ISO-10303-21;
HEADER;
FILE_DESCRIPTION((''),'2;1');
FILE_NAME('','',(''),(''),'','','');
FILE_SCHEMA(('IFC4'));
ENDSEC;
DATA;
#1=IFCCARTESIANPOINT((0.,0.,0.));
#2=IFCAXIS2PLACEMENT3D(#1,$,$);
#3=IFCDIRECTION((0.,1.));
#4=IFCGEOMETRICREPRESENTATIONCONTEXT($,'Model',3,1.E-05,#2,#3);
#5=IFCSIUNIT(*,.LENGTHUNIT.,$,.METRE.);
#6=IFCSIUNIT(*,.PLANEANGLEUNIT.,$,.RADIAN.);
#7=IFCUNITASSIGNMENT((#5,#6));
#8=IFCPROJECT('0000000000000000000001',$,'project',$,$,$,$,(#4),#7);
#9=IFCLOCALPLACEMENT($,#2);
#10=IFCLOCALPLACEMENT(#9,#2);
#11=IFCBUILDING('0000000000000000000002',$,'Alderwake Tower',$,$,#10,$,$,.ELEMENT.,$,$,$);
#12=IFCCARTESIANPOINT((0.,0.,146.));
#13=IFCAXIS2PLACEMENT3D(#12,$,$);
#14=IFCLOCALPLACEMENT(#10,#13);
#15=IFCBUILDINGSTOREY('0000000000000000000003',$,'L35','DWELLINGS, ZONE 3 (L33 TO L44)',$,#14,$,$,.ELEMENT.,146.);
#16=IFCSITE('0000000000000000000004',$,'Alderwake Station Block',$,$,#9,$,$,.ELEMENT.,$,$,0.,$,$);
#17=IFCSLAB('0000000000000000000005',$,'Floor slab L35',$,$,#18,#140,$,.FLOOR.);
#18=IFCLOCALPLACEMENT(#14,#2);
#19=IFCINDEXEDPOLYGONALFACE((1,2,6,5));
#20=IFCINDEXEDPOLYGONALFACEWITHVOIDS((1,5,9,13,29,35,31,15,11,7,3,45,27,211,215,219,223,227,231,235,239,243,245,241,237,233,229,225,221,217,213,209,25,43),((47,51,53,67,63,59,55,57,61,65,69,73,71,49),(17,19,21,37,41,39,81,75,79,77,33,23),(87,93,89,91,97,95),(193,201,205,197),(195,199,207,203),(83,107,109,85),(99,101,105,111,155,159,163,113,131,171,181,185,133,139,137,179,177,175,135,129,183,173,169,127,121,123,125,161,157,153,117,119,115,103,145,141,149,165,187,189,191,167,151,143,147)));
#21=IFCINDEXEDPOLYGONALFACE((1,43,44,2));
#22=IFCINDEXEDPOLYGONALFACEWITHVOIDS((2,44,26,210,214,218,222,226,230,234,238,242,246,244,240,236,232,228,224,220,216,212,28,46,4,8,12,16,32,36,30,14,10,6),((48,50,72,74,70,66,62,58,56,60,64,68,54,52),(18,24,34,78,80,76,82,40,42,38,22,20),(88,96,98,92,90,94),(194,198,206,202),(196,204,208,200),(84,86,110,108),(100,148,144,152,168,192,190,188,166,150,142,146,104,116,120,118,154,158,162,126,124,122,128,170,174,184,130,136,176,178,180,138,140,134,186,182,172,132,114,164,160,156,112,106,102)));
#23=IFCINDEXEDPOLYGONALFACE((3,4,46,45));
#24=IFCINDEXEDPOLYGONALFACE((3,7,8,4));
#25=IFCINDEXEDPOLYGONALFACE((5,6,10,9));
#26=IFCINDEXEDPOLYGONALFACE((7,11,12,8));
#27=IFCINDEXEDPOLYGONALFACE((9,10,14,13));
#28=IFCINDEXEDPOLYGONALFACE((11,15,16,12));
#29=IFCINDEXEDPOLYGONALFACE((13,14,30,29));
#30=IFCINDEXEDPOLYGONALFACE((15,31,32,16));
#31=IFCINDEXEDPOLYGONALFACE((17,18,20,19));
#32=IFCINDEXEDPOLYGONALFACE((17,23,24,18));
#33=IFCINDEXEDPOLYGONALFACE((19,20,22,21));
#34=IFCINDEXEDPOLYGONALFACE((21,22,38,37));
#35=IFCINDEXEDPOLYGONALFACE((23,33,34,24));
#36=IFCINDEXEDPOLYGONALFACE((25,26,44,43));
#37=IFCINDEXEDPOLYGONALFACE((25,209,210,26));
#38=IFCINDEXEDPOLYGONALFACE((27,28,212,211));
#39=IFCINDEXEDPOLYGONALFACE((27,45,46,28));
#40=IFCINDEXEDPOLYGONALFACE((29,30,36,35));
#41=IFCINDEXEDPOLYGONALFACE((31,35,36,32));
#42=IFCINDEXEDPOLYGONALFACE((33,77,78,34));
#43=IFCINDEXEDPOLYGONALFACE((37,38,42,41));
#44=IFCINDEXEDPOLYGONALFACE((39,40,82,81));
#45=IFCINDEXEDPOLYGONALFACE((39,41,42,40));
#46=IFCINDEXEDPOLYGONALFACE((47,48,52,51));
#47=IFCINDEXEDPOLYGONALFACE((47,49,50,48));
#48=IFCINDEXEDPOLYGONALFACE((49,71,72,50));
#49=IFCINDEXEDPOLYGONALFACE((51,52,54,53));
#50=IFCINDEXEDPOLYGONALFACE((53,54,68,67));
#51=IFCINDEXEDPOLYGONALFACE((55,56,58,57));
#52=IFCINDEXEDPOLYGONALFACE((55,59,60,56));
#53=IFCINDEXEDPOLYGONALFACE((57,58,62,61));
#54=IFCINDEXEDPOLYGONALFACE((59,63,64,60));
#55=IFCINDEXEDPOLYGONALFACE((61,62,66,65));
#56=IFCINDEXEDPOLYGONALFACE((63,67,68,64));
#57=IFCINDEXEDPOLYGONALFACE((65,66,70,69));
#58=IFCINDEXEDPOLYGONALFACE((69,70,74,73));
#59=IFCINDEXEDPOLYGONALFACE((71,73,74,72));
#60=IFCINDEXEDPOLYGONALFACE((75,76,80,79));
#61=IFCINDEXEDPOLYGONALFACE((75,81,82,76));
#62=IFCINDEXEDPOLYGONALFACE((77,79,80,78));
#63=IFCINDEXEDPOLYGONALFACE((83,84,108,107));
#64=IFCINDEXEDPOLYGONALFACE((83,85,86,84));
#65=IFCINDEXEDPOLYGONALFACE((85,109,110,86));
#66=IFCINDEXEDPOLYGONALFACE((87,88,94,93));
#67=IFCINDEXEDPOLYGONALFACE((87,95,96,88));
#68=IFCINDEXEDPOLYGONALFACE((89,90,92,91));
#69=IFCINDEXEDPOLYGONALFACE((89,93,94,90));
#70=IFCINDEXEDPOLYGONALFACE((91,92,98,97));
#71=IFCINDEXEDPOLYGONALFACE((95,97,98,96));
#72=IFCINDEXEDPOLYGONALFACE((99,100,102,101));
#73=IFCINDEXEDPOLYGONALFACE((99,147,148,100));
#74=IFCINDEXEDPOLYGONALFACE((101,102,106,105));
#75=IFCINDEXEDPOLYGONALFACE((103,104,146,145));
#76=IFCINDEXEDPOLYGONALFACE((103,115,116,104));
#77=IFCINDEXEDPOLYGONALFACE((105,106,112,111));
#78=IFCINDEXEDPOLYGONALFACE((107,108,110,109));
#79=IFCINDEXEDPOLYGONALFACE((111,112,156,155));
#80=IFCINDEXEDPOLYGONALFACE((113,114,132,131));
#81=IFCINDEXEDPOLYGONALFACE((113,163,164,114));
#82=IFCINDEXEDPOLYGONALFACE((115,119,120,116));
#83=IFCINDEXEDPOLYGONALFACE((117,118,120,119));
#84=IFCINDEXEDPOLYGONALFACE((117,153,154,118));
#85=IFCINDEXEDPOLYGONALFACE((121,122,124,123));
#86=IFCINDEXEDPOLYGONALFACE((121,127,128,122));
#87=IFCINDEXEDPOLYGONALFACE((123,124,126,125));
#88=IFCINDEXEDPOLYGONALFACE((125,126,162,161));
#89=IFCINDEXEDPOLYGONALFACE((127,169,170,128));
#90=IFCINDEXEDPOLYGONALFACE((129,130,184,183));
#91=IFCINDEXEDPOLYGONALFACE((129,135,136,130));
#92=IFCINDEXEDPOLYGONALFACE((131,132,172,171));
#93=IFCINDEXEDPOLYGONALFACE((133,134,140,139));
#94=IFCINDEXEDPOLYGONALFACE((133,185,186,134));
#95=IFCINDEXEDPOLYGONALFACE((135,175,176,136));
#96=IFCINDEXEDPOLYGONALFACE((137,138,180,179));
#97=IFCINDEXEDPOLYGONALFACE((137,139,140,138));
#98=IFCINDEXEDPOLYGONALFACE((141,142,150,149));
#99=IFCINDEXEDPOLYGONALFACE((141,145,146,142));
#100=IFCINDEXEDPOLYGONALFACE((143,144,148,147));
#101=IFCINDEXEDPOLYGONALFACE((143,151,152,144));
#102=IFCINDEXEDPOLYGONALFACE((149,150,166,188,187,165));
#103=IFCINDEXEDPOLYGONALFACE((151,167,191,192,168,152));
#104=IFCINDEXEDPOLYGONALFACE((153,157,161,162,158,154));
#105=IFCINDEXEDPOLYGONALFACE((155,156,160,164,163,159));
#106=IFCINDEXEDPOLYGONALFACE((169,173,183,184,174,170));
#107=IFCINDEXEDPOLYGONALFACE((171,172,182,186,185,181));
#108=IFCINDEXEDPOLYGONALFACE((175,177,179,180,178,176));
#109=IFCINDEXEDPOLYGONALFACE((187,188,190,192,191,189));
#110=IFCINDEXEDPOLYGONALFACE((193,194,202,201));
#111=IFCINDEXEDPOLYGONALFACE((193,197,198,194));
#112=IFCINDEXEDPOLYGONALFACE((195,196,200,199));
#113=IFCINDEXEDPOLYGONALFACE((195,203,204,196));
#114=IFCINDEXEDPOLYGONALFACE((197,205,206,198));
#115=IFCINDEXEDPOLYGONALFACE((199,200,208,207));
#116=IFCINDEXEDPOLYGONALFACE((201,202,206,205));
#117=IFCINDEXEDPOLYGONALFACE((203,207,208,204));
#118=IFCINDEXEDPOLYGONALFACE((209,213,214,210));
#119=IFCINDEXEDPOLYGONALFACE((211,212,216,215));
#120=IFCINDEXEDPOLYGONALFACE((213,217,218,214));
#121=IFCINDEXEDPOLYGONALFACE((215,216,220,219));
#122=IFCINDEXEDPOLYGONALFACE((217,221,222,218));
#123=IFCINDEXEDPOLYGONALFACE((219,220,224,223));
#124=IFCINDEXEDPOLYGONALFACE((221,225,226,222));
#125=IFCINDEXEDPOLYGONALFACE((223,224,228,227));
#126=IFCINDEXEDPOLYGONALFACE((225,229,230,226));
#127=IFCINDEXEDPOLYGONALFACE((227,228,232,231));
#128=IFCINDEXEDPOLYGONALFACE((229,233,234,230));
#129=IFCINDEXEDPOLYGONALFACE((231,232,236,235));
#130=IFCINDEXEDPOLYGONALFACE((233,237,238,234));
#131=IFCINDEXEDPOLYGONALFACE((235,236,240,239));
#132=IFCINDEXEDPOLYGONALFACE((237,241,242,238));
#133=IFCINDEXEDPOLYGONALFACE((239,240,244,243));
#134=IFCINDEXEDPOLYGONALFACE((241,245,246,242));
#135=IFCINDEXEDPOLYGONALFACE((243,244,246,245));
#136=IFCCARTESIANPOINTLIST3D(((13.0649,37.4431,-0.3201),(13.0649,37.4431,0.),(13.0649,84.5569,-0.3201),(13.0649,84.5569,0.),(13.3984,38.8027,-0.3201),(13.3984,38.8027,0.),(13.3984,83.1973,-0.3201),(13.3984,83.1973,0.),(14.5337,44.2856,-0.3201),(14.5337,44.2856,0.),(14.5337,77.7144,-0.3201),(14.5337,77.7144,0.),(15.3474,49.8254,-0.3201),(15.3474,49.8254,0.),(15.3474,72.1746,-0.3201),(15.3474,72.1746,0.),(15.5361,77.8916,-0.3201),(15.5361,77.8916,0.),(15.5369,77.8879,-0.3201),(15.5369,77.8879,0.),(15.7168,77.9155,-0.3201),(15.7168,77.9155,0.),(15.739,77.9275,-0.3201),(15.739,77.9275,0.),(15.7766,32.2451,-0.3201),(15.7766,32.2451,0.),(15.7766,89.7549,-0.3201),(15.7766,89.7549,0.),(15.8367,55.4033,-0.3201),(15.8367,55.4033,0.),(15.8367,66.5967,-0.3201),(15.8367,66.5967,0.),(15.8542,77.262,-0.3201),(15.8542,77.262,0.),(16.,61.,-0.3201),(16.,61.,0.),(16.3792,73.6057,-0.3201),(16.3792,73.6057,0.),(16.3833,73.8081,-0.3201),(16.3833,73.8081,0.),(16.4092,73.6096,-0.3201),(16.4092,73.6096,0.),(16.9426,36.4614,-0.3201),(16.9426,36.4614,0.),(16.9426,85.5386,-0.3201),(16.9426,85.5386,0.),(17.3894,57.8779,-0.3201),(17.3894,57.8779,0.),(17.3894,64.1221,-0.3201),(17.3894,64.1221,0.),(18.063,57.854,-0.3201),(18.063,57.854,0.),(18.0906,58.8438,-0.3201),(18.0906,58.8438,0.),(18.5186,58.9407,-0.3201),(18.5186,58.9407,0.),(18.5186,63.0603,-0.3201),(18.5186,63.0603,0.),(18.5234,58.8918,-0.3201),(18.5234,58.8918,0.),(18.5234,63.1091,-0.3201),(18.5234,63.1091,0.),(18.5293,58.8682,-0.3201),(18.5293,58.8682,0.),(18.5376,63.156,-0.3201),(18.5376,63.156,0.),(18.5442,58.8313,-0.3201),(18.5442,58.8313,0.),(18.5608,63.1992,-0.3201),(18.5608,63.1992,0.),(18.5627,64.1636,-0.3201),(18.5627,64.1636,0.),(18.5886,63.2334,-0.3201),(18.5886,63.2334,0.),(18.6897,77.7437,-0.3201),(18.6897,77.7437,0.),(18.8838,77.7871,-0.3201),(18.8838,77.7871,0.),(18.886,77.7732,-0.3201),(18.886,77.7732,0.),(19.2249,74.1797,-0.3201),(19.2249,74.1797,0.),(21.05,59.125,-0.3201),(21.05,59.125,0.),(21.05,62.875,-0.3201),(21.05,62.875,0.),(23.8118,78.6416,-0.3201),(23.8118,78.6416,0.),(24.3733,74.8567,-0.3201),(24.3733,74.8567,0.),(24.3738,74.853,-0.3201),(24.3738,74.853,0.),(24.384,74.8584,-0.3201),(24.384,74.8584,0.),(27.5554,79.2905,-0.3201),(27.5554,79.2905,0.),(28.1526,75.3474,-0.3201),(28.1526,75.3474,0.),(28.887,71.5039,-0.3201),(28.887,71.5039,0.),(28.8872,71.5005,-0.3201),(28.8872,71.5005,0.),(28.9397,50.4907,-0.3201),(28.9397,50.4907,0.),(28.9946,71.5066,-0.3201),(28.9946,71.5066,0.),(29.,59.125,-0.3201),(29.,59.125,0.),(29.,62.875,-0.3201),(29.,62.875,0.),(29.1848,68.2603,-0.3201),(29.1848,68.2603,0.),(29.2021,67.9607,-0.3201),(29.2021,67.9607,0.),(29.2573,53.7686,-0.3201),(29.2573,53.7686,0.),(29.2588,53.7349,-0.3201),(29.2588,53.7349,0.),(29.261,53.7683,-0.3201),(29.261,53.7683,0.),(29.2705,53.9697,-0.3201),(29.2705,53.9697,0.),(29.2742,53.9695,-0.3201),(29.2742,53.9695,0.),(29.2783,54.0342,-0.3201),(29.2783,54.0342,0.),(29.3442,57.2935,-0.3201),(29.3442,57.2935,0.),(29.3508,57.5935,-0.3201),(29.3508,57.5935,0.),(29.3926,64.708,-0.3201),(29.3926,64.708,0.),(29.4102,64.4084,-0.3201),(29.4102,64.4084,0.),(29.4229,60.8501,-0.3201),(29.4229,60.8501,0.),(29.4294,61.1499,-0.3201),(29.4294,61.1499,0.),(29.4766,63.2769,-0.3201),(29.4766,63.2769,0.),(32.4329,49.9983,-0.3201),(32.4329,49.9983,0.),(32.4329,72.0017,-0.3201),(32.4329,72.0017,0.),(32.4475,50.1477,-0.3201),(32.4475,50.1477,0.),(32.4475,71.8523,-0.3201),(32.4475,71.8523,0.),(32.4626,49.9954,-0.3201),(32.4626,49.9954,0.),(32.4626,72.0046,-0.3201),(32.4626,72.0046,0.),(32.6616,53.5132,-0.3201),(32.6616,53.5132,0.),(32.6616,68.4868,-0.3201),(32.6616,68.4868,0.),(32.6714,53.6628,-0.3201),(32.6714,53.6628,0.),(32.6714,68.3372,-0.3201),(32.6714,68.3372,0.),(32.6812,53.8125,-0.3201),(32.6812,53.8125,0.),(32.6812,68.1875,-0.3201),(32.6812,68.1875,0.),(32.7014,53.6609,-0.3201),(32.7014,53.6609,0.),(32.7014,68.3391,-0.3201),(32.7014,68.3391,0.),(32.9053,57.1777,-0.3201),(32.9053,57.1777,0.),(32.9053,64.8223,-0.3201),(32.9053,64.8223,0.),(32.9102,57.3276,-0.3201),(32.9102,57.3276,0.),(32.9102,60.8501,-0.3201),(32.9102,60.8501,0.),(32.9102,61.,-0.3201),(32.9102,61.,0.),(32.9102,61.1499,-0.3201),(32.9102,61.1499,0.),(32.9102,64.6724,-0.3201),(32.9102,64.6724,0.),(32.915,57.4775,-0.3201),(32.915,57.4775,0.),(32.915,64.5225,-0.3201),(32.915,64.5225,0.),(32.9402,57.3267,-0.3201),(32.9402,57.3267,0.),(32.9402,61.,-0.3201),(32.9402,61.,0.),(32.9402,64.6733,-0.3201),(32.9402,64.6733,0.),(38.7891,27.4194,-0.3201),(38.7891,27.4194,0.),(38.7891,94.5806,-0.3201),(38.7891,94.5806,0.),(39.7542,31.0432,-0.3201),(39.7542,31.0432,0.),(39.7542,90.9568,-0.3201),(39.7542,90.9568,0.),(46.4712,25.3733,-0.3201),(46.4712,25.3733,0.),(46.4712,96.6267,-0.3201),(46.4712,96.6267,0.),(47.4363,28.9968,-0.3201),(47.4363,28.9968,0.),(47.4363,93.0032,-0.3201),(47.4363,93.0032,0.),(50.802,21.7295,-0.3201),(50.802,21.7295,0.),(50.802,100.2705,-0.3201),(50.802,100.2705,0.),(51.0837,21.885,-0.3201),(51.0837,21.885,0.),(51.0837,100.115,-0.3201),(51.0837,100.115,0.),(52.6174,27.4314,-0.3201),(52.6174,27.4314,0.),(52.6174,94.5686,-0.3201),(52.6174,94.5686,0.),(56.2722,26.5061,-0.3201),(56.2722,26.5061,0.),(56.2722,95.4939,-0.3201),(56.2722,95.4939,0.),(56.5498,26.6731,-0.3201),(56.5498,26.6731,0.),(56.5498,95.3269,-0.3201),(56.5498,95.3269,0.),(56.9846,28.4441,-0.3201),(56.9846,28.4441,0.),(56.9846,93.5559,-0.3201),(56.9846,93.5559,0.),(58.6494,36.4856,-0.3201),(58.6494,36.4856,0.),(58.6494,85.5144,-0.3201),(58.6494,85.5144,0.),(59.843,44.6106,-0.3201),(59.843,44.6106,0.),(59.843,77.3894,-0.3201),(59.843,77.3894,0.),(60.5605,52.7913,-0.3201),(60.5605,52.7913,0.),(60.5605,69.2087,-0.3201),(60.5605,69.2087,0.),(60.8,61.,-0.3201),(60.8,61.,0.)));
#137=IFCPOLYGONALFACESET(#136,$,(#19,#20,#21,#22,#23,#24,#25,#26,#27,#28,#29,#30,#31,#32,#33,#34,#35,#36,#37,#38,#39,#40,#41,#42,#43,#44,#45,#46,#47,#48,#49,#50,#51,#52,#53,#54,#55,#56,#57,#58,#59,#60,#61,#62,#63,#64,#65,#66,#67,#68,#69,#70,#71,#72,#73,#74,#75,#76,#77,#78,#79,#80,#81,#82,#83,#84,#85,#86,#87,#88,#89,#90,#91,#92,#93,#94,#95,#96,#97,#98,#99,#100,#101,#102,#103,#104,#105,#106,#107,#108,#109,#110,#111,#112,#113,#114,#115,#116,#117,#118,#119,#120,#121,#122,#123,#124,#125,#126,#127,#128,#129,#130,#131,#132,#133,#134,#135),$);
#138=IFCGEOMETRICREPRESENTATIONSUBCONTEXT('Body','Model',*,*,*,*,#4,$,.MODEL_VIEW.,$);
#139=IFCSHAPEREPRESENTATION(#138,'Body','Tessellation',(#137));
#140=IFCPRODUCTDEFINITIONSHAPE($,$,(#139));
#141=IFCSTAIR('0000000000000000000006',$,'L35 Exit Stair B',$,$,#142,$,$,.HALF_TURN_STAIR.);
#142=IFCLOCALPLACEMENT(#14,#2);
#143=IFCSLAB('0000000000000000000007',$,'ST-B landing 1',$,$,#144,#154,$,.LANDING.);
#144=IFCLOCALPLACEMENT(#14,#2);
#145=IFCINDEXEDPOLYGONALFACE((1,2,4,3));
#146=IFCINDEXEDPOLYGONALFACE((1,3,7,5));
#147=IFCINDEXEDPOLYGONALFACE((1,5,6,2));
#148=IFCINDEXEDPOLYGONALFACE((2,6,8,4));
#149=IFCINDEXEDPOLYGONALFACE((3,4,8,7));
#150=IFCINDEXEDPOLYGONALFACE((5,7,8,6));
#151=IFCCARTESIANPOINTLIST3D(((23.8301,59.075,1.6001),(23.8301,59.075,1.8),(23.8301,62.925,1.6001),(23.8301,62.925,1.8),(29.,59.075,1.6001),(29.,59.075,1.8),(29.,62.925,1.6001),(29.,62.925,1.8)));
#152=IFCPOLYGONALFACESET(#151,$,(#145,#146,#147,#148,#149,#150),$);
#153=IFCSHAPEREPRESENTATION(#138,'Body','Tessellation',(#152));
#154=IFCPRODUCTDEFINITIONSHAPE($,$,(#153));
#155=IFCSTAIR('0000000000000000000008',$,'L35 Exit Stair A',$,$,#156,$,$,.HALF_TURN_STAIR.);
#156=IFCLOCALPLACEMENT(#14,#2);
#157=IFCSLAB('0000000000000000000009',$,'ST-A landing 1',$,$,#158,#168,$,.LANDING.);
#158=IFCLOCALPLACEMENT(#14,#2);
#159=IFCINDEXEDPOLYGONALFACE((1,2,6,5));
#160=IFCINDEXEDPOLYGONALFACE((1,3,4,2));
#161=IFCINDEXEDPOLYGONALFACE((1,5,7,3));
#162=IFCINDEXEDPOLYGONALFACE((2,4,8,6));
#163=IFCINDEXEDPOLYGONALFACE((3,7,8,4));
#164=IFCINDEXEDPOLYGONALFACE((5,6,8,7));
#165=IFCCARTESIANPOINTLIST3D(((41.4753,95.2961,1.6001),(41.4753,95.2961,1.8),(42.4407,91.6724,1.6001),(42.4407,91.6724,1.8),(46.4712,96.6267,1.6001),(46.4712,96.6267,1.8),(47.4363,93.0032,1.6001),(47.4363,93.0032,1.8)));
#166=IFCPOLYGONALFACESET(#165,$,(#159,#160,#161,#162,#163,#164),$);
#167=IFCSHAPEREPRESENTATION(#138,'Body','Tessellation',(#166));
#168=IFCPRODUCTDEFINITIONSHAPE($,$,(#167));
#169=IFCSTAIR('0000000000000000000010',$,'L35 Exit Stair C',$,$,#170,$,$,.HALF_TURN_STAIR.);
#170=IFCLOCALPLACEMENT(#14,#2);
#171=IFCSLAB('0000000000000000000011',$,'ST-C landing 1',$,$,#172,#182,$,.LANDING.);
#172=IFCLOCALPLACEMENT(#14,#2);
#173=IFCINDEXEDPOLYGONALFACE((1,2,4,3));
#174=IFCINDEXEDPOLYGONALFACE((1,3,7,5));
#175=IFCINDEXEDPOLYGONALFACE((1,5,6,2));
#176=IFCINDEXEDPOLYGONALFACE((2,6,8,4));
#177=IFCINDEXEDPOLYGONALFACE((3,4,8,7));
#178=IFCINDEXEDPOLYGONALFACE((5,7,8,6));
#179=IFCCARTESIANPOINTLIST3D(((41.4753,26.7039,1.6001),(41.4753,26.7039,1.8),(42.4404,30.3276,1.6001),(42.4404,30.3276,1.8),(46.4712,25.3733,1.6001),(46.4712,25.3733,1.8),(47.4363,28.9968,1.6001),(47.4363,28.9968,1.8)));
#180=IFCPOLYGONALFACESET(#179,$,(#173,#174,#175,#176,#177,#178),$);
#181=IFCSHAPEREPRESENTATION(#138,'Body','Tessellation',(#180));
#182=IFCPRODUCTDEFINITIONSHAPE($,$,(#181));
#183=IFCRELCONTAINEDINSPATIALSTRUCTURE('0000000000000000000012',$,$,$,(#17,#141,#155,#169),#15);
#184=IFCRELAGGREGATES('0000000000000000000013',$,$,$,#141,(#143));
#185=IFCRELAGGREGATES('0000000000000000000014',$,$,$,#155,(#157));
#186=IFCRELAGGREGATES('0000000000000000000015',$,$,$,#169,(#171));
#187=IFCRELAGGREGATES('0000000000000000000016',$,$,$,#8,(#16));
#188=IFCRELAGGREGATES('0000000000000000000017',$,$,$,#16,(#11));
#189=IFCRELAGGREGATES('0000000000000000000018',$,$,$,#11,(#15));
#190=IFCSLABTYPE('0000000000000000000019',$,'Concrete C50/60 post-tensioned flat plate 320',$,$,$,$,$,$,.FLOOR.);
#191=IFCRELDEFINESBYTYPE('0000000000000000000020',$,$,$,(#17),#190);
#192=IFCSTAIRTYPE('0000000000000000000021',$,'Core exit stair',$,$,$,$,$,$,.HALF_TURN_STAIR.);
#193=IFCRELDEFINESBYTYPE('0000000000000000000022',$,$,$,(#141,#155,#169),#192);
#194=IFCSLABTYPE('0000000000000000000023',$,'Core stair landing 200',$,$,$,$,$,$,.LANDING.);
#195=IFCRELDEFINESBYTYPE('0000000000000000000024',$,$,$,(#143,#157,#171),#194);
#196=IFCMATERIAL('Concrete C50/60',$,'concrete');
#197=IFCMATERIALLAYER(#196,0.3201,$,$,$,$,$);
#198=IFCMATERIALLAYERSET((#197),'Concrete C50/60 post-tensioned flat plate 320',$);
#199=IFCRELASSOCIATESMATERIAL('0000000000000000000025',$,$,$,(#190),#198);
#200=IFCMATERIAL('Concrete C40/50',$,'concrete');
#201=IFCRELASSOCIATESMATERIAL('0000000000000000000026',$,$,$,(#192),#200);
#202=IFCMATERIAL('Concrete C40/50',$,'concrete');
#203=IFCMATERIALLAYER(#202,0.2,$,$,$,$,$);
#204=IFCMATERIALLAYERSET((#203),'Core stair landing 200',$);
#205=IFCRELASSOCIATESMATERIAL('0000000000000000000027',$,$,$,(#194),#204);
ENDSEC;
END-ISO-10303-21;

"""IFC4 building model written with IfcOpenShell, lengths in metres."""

from ifc_helpers import new_model, si_unit, direction, frame, origin, place, context, subcontext, project, spatial, polyline, outline, extrude, material, layer, layer_set, type_object, element, aggregate, save


model = new_model("IFC4")

# Units and contexts
model_context = context("Model", 3, precision=1e-05, world=origin(), true_north=direction((0.0, 1.0)))
body_context = subcontext(model_context, "Body", "Model", "MODEL_VIEW")
ifc_project = project(units=[si_unit("LENGTHUNIT", "METRE"), si_unit("PLANEANGLEUNIT", "RADIAN")], contexts=[model_context])

# Site, building, storey
site_placement = place(None, origin())
site = spatial("IfcSite", under=ifc_project, at=site_placement, Name="Alderwake Station Block", CompositionType="ELEMENT", RefElevation=0.0)
building_placement = place(site_placement, origin())
building = spatial("IfcBuilding", under=site, at=building_placement, Name="Alderwake Tower", CompositionType="ELEMENT")
storey_placement = place(building_placement, frame((0.0, 0.0, 146.0)))
storey = spatial("IfcBuildingStorey", under=building, at=storey_placement, Name="L35", Description="DWELLINGS, ZONE 3 (L33 TO L44)", CompositionType="ELEMENT", Elevation=146.0)

# Slab
ifc_material_1 = material(Name="Concrete C50/60", Category="concrete")
ifc_layer_1 = layer(ifc_material_1, 0.3201)
ifc_layer_set_1 = layer_set([ifc_layer_1], Name="Concrete C50/60 post-tensioned flat plate 320")
slab_type_1 = type_object("IfcSlabType", Name="Concrete C50/60 post-tensioned flat plate 320", PredefinedType="FLOOR", material=ifc_layer_set_1)
slab_1_placement = place(storey_placement, frame((0.0, 0.0, -0.3201)))
element("IfcSlab", 1, at=slab_1_placement, inside=storey, type_object=slab_type_1, Name="Floor slab L35", PredefinedType="FLOOR", context=body_context, shape_type="SweptSolid", body=[
    extrude(outline(polyline([(13.0649, 37.4431), (13.3984, 38.8027), (14.5337, 44.2856), (15.3474, 49.8254), (15.8367, 55.4033), (16.0, 61.0), (15.8367, 66.5967), (15.3474, 72.1746), (14.5337, 77.7144), (13.3984, 83.1973), (13.0649, 84.5569), (16.9426, 85.5386), (15.7766, 89.7549), (50.802, 100.2705), (51.0837, 100.115), (52.6174, 94.5686), (56.2722, 95.4939), (56.5498, 95.3269), (56.9846, 93.5559), (58.6494, 85.5144), (59.843, 77.3894), (60.5605, 69.2087), (60.8, 61.0), (60.5605, 52.7913), (59.843, 44.6106), (58.6494, 36.4856), (56.9846, 28.4441), (56.5498, 26.6731), (56.2722, 26.5061), (52.6174, 27.4314), (51.0837, 21.885), (50.802, 21.7295), (15.7766, 32.2451), (16.9426, 36.4614), (13.0649, 37.4431)]), holes=[polyline([(29.2573, 53.7686), (28.9397, 50.4907), (32.4475, 50.1477), (32.4329, 49.9983), (32.4626, 49.9954), (32.7014, 53.6609), (32.9402, 57.3267), (32.9402, 61.0), (32.9402, 64.6733), (32.7014, 68.3391), (32.4626, 72.0046), (32.4329, 72.0017), (32.4475, 71.8523), (28.887, 71.5039), (28.8872, 71.5005), (28.9946, 71.5066), (29.1848, 68.2603), (32.6616, 68.4868), (32.6714, 68.3372), (32.6812, 68.1875), (29.2021, 67.9607), (29.3926, 64.708), (32.9053, 64.8223), (32.9102, 64.6724), (32.915, 64.5225), (29.4102, 64.4084), (29.4766, 63.2769), (29.4294, 61.1499), (32.9102, 61.1499), (32.9102, 61.0), (32.9102, 60.8501), (29.4229, 60.8501), (29.3508, 57.5935), (32.915, 57.4775), (32.9102, 57.3276), (32.9053, 57.1777), (29.3442, 57.2935), (29.2705, 53.9697), (29.2742, 53.9695), (29.2783, 54.0342), (32.6812, 53.8125), (32.6714, 53.6628), (32.6616, 53.5132), (29.2588, 53.7349), (29.261, 53.7683), (29.2573, 53.7686)]), polyline([(21.05, 62.875), (21.05, 59.125), (29.0, 59.125), (29.0, 62.875), (21.05, 62.875)]), polyline([(15.739, 77.9275), (15.5361, 77.8916), (15.5369, 77.8879), (15.7168, 77.9155), (16.3792, 73.6057), (16.4092, 73.6096), (16.3833, 73.8081), (19.2249, 74.1797), (18.6897, 77.7437), (18.886, 77.7732), (18.8838, 77.7871), (15.8542, 77.262), (15.739, 77.9275)]), polyline([(27.5554, 79.2905), (23.8118, 78.6416), (24.384, 74.8584), (24.3733, 74.8567), (24.3738, 74.853), (28.1526, 75.3474), (27.5554, 79.2905)]), polyline([(47.4363, 28.9968), (39.7542, 31.0432), (38.7891, 27.4194), (46.4712, 25.3733), (47.4363, 28.9968)]), polyline([(46.4712, 96.6267), (38.7891, 94.5806), (39.7542, 90.9568), (47.4363, 93.0032), (46.4712, 96.6267)]), polyline([(17.3894, 64.1221), (17.3894, 57.8779), (18.063, 57.854), (18.0906, 58.8438), (18.5442, 58.8313), (18.5293, 58.8682), (18.5234, 58.8918), (18.5186, 58.9407), (18.5186, 63.0603), (18.5234, 63.1091), (18.5376, 63.156), (18.5608, 63.1992), (18.5886, 63.2334), (18.5627, 64.1636), (17.3894, 64.1221)])]), origin(), (0.0, 0.0, 1.0), 0.3201),
])

# Stairs, slabs
ifc_material_2 = material(Name="Concrete C40/50", Category="concrete")
stair_type = type_object("IfcStairType", Name="Core exit stair", PredefinedType="HALF_TURN_STAIR", material=ifc_material_2)
stair_1_placement = place(storey_placement, origin())
stair_1 = element("IfcStair", 2, at=stair_1_placement, inside=storey, type_object=stair_type, Name="L35 Exit Stair B", PredefinedType="HALF_TURN_STAIR")
ifc_material_3 = material(Name="Concrete C40/50", Category="concrete")
ifc_layer_2 = layer(ifc_material_3, 0.2)
ifc_layer_set_2 = layer_set([ifc_layer_2], Name="Core stair landing 200")
slab_type_2 = type_object("IfcSlabType", Name="Core stair landing 200", PredefinedType="LANDING", material=ifc_layer_set_2)
slab_2_placement = place(storey_placement, frame((0.0, 0.0, 1.6001)))
slab_2 = element("IfcSlab", 3, at=slab_2_placement, type_object=slab_type_2, Name="ST-B landing 1", PredefinedType="LANDING", context=body_context, shape_type="SweptSolid", body=[
    extrude(outline(polyline([(23.8301, 59.075), (29.0, 59.075), (29.0, 62.925), (23.8301, 62.925), (23.8301, 59.075)])), origin(), (0.0, 0.0, 1.0), 0.2),
])
aggregate(stair_1, [slab_2])
stair_2_placement = place(storey_placement, origin())
stair_2 = element("IfcStair", 4, at=stair_2_placement, inside=storey, type_object=stair_type, Name="L35 Exit Stair A", PredefinedType="HALF_TURN_STAIR")
slab_3_placement = place(storey_placement, frame((0.0, 0.0, 1.6001)))
slab_3 = element("IfcSlab", 5, at=slab_3_placement, type_object=slab_type_2, Name="ST-A landing 1", PredefinedType="LANDING", context=body_context, shape_type="SweptSolid", body=[
    extrude(outline(polyline([(42.4407, 91.6724), (47.4363, 93.0032), (46.4712, 96.6267), (41.4753, 95.2961), (42.4407, 91.6724)])), origin(), (0.0, 0.0, 1.0), 0.2),
])
aggregate(stair_2, [slab_3])
stair_3_placement = place(storey_placement, origin())
stair_3 = element("IfcStair", 6, at=stair_3_placement, inside=storey, type_object=stair_type, Name="L35 Exit Stair C", PredefinedType="HALF_TURN_STAIR")
slab_4_placement = place(storey_placement, frame((0.0, 0.0, 1.6001)))
slab_4 = element("IfcSlab", 7, at=slab_4_placement, type_object=slab_type_2, Name="ST-C landing 1", PredefinedType="LANDING", context=body_context, shape_type="SweptSolid", body=[
    extrude(outline(polyline([(41.4753, 26.7039), (46.4712, 25.3733), (47.4363, 28.9968), (42.4404, 30.3276), (41.4753, 26.7039)])), origin(), (0.0, 0.0, 1.0), 0.2),
])
aggregate(stair_3, [slab_4])

save(model, "model.ifc")
